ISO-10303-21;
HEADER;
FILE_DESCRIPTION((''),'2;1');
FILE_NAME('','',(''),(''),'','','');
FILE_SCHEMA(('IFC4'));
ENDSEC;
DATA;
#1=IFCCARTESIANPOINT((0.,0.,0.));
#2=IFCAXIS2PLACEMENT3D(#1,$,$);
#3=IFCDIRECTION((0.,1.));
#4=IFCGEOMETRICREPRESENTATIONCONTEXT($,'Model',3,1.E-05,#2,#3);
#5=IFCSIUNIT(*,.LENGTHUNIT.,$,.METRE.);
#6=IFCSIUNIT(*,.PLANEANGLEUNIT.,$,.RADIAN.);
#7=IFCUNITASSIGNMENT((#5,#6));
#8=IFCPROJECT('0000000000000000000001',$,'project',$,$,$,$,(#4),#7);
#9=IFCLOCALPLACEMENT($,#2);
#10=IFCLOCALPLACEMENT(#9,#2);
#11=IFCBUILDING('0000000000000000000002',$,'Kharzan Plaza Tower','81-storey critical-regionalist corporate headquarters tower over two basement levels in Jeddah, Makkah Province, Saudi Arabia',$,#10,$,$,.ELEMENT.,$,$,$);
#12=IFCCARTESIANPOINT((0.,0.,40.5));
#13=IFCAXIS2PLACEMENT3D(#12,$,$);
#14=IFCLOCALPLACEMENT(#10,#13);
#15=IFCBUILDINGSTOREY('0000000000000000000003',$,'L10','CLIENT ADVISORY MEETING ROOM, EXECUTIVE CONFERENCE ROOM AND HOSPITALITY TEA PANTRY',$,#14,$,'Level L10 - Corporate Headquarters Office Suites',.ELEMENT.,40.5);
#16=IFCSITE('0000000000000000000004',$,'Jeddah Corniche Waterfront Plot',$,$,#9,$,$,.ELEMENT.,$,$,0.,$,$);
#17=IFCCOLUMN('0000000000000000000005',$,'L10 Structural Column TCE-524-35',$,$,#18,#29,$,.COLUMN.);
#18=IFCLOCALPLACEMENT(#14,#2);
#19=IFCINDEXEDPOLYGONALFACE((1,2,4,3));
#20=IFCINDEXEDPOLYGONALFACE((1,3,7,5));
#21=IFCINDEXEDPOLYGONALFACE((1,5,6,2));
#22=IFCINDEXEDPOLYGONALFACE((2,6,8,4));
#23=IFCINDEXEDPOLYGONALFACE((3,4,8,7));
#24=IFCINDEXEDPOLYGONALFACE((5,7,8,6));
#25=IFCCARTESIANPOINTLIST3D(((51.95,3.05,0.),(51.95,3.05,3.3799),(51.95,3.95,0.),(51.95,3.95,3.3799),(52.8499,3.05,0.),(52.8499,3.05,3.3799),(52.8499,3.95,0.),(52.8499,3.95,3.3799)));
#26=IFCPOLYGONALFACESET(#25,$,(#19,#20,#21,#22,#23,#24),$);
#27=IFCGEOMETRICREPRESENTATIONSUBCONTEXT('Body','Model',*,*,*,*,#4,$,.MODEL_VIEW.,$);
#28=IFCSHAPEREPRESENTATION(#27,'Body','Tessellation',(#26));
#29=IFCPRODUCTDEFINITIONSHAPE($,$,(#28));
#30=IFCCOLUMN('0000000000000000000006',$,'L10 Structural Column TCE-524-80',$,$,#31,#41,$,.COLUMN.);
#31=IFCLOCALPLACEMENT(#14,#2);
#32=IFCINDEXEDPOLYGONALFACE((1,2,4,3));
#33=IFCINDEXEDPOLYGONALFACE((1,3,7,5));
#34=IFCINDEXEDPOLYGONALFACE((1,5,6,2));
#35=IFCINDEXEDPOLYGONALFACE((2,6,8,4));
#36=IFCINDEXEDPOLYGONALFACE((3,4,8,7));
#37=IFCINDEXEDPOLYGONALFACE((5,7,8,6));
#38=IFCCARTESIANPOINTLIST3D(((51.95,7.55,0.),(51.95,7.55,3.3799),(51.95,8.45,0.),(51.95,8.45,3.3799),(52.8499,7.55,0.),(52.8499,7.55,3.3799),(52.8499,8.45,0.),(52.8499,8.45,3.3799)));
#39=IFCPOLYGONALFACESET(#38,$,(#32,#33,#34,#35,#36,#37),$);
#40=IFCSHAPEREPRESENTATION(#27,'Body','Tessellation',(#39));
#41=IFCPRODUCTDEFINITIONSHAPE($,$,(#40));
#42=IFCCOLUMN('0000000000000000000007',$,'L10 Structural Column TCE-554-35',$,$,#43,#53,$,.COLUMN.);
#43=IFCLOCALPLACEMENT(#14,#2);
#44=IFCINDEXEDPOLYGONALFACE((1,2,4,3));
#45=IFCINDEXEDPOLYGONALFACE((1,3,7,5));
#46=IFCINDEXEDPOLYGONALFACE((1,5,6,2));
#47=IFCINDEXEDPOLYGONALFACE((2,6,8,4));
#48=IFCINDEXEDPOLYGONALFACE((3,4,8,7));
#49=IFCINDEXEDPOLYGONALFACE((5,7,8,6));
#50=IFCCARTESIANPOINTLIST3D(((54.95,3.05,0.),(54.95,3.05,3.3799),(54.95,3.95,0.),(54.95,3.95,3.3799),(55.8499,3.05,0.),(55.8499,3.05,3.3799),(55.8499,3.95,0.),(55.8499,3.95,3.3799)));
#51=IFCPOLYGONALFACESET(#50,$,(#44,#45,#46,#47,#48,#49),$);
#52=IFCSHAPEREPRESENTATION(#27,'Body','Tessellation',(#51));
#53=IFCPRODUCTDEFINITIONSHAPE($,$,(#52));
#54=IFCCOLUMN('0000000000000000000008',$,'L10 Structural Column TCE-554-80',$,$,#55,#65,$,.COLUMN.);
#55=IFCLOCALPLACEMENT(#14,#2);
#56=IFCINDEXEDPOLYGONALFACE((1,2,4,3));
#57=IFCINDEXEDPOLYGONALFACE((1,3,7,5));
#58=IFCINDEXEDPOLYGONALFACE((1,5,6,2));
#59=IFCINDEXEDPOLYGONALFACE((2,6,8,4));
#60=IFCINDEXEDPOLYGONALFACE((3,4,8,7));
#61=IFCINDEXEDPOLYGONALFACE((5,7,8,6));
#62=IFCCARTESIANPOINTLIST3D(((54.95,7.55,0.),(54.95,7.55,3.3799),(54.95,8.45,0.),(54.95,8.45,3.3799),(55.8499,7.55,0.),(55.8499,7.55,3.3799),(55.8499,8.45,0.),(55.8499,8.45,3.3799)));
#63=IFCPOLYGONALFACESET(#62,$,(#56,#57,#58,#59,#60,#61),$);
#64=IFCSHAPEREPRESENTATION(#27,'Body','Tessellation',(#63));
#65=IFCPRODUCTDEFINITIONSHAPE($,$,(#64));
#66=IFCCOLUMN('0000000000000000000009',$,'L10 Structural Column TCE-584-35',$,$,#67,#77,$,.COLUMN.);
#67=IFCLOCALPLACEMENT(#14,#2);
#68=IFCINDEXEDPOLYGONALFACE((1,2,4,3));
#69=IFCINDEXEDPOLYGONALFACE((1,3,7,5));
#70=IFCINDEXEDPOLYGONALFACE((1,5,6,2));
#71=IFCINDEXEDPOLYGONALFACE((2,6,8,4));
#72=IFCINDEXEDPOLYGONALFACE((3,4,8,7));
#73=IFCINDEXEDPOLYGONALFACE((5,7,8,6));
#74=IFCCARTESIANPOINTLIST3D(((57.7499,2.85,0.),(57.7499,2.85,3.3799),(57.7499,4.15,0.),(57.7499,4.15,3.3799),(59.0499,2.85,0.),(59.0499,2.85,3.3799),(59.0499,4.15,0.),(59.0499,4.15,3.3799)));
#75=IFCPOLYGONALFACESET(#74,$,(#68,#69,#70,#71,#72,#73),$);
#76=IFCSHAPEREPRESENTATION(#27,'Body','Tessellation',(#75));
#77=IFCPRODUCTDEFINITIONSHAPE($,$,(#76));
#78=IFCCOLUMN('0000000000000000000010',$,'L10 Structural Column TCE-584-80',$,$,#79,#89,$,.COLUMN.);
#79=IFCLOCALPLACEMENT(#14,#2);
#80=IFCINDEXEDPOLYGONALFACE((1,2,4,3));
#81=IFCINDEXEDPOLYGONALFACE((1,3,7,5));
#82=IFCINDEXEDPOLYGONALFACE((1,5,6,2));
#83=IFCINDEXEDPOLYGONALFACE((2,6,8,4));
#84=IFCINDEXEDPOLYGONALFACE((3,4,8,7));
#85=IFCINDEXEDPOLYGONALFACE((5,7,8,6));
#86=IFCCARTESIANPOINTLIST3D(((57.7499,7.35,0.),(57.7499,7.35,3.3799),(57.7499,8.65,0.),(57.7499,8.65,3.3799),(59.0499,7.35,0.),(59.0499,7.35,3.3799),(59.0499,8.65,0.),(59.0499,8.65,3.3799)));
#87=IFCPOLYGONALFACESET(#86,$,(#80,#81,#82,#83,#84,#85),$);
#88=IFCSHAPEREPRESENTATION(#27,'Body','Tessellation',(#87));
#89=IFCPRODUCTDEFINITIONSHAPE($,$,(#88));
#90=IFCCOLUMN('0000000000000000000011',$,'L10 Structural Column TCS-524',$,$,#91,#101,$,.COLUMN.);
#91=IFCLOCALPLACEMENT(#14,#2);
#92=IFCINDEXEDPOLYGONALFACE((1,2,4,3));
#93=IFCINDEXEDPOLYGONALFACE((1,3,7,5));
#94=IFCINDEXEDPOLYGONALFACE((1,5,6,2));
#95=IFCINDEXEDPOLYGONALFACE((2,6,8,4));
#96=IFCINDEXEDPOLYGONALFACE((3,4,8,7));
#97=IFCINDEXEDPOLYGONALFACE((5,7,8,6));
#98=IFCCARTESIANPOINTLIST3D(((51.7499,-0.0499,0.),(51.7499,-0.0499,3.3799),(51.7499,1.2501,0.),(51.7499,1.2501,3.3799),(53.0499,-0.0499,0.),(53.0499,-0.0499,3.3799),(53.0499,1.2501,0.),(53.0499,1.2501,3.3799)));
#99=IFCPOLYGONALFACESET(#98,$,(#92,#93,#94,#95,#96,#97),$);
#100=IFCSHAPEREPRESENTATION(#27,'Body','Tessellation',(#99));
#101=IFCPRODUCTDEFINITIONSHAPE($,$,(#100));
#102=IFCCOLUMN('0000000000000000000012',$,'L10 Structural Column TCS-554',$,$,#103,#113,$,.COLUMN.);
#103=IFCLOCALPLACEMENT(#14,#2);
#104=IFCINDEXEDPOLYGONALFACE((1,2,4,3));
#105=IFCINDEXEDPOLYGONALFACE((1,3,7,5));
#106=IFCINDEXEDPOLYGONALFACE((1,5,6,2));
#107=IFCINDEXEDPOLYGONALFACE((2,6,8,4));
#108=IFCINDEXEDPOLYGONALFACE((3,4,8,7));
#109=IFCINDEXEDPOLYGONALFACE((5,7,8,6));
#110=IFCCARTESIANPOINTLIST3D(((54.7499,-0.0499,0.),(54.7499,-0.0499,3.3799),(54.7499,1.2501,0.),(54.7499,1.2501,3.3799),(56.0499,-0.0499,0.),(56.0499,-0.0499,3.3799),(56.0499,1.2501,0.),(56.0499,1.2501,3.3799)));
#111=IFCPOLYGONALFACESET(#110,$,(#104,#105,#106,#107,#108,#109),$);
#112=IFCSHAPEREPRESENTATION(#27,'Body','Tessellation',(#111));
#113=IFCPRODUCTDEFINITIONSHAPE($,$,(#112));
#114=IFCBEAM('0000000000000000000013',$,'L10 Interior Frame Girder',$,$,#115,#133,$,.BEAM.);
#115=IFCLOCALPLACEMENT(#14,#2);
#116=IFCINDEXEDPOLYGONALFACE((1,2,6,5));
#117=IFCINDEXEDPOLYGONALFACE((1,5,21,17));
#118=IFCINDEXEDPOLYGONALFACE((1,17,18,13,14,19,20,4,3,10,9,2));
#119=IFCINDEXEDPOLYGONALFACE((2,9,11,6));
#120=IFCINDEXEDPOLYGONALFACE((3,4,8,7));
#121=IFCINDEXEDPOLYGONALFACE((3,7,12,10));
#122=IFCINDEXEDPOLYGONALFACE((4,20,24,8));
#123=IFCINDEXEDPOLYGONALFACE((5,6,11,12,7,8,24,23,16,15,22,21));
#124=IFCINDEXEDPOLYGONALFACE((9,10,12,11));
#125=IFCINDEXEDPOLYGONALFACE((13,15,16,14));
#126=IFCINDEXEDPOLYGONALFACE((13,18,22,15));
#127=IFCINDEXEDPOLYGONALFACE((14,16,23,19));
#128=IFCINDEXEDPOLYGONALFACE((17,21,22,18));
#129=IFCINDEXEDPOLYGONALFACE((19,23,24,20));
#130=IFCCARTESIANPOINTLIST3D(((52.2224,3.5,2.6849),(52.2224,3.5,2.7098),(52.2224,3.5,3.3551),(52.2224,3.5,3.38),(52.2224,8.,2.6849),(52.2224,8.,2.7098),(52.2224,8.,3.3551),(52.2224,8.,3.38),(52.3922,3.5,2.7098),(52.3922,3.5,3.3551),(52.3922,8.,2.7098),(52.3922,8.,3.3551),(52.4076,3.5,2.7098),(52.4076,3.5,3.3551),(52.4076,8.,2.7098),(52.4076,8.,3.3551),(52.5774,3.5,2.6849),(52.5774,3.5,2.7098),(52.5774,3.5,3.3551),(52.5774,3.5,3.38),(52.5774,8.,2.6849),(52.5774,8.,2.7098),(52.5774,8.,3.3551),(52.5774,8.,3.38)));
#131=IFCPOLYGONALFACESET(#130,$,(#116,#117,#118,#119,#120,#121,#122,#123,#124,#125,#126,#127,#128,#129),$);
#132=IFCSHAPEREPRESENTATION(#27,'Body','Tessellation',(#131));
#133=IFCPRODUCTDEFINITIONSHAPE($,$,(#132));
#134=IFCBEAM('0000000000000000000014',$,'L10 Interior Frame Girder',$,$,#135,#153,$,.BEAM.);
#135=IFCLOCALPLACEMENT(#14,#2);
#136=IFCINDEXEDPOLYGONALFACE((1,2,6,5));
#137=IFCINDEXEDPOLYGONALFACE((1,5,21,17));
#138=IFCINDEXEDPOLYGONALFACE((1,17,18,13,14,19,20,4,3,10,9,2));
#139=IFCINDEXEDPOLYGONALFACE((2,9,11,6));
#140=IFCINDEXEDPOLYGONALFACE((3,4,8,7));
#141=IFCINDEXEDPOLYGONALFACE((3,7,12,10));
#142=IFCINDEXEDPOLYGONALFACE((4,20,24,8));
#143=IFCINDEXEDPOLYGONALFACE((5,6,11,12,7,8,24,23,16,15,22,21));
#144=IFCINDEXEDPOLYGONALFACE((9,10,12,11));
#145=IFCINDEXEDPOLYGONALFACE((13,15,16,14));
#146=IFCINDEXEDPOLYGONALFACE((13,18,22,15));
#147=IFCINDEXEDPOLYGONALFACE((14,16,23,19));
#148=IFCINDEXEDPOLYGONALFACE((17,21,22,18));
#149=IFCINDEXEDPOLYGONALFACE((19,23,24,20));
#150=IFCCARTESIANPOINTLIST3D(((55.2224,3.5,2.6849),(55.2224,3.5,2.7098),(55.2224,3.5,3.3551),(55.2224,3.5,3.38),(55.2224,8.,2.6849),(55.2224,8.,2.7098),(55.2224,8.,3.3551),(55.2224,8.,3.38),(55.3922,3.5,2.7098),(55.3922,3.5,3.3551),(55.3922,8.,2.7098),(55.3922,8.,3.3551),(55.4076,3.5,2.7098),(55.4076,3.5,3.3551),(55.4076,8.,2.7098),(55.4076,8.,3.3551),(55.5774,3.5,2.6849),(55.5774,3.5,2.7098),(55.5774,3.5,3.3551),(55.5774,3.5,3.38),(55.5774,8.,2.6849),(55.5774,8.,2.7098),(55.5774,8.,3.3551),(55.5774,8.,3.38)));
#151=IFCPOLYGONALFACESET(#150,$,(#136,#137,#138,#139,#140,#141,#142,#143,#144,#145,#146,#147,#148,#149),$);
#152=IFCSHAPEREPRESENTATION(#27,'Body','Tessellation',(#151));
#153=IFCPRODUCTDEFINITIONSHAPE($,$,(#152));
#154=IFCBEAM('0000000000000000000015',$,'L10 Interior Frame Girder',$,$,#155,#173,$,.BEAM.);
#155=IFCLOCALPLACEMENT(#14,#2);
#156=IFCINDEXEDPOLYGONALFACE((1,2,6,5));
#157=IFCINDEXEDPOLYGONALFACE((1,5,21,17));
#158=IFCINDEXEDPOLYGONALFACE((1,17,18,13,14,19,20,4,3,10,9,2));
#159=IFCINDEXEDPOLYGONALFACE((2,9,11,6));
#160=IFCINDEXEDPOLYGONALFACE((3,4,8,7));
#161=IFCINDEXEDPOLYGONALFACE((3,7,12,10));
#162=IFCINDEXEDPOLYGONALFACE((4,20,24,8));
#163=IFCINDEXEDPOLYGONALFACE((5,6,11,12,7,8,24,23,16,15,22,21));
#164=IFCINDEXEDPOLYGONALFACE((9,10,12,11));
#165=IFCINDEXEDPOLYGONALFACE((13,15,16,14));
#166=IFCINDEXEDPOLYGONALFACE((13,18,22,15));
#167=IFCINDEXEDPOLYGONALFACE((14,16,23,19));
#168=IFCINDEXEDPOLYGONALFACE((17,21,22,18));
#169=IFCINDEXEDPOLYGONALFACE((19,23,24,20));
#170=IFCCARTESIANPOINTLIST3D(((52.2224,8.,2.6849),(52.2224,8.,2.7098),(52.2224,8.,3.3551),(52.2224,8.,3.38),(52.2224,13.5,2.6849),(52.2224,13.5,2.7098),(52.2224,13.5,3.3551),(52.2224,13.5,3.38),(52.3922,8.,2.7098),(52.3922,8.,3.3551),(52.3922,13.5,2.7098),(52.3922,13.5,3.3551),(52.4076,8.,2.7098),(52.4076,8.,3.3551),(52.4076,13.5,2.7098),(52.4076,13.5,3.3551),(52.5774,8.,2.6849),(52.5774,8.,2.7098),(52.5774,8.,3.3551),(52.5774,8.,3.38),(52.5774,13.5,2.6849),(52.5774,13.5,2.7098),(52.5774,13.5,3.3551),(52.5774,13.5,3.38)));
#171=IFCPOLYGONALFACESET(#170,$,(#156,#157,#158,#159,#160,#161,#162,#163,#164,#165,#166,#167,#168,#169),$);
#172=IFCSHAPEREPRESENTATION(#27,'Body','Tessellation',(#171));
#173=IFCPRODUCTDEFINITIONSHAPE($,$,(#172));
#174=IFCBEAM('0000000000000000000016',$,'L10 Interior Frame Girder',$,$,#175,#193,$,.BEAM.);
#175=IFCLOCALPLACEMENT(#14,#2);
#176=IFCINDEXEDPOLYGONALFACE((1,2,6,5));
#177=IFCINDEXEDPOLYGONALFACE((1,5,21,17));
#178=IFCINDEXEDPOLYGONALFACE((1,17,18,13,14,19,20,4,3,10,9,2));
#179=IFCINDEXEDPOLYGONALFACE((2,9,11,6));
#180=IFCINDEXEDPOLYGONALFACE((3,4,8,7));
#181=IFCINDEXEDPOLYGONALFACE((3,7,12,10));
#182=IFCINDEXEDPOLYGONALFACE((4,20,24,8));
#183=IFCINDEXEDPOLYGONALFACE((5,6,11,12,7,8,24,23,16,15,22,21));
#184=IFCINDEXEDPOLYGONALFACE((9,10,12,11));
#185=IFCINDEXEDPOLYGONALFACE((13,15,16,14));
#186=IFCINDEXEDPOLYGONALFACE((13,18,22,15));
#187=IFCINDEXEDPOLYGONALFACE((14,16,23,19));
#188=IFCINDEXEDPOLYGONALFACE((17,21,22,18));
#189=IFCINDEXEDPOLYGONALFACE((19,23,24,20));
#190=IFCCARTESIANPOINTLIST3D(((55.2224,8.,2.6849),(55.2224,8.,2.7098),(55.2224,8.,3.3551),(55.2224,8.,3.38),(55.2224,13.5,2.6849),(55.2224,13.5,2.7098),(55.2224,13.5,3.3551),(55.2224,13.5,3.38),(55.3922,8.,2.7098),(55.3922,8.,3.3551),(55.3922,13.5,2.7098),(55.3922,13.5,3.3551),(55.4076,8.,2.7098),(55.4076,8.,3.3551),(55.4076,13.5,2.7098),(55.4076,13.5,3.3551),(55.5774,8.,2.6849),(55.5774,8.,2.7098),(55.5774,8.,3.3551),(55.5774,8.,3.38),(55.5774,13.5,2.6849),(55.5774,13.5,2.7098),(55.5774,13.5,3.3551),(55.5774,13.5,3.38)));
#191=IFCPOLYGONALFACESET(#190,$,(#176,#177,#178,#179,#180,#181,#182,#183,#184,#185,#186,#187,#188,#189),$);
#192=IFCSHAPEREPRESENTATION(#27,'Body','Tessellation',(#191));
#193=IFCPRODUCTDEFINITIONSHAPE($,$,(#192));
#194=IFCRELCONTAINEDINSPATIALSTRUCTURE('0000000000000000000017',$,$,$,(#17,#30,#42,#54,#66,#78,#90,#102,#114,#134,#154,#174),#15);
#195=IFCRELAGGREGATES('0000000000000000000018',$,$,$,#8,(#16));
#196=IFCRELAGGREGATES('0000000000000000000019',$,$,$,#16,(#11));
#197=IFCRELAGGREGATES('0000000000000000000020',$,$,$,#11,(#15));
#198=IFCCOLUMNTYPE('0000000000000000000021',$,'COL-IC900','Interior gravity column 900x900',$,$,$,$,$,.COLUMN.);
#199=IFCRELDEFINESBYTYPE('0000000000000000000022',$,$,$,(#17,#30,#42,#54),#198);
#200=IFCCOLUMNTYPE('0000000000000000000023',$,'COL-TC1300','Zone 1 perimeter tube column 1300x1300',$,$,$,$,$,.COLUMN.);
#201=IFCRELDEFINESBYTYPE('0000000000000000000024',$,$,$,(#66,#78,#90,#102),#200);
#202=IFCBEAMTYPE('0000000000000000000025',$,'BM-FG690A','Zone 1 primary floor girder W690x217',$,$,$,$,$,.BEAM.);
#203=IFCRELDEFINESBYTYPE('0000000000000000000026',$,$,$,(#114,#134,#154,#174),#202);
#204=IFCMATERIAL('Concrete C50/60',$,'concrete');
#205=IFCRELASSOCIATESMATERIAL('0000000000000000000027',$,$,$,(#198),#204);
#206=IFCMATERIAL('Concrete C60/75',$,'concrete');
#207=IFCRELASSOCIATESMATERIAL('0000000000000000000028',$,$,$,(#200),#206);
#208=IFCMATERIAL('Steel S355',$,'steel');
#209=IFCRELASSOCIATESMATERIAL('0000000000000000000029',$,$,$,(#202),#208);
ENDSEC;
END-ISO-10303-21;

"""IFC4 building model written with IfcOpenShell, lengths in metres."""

from ifc_helpers import new_model, si_unit, direction, frame, origin, origin_2d, place, context, subcontext, project, spatial, rectangle, i_section, extrude, source, transform, mapped, material, material_profile, profile_set, type_object, element, save


model = new_model("IFC4")

# Units and contexts
model_context = context("Model", 3, precision=1e-05, world=origin(), true_north=direction((0.0, 1.0)))
body_context = subcontext(model_context, "Body", "Model", "MODEL_VIEW")
ifc_project = project(units=[si_unit("LENGTHUNIT", "METRE"), si_unit("PLANEANGLEUNIT", "RADIAN")], contexts=[model_context])

# Site, building, storey
site_placement = place(None, origin())
site = spatial("IfcSite", under=ifc_project, at=site_placement, Name="Jeddah Corniche Waterfront Plot", CompositionType="ELEMENT", RefElevation=0.0)
building_placement = place(site_placement, origin())
building = spatial("IfcBuilding", under=site, at=building_placement, Name="Kharzan Plaza Tower", Description="81-storey critical-regionalist corporate headquarters tower over two basement levels in Jeddah, Makkah Province, Saudi Arabia", CompositionType="ELEMENT")
storey_placement = place(building_placement, frame((0.0, 0.0, 40.5)))
storey = spatial("IfcBuildingStorey", under=building, at=storey_placement, Name="L10", Description="CLIENT ADVISORY MEETING ROOM, EXECUTIVE CONFERENCE ROOM AND HOSPITALITY TEA PANTRY", LongName="Level L10 - Corporate Headquarters Office Suites", CompositionType="ELEMENT", Elevation=40.5)

# Columns
ifc_material_1 = material(Name="Concrete C50/60", Category="concrete")
ifc_material_profile_1 = material_profile(ifc_material_1, rectangle(XDim=0.8999, YDim=0.8999, at=origin_2d()), Name="RC-IC900x900")
ifc_profile_set_1 = profile_set([ifc_material_profile_1], Name="Concrete C50/60")
column_type_1 = type_object("IfcColumnType", Name="COL-IC900", Description="Interior gravity column 900x900", PredefinedType="COLUMN", material=ifc_profile_set_1)
shared_shape_1 = source(origin(), body_context, "Body", "SweptSolid", [
    extrude(rectangle(XDim=0.8999, YDim=0.8999, at=origin_2d()), origin(), (0.0, 0.0, 1.0), 3.3799),
])
for number, where, z_axis, x_axis, name in (
    (1, (52.3999, 3.5, 0.0), (0.0, 0.0, 1.0), (1.0, 0.0, 0.0), "L10 Structural Column TCE-524-35"),
    (2, (52.3999, 8.0, 0.0), (0.0, 0.0, 1.0), (1.0, 0.0, 0.0), "L10 Structural Column TCE-524-80"),
    (3, (55.3999, 3.5, 0.0), (0.0, 0.0, 1.0), (1.0, 0.0, 0.0), "L10 Structural Column TCE-554-35"),
    (4, (55.3999, 8.0, 0.0), (0.0, 0.0, 1.0), (1.0, 0.0, 0.0), "L10 Structural Column TCE-554-80"),
):
    element("IfcColumn", number, at=place(storey_placement, frame(where, z_axis=z_axis, x_axis=x_axis)), inside=storey, type_object=column_type_1, Name=name, PredefinedType="COLUMN", context=body_context, shape_type="MappedRepresentation", body=[
        mapped(shared_shape_1, transform((0.0, 0.0, 0.0), x_axis=(1.0, 0.0, 0.0), y_axis=(0.0, 1.0, 0.0), z_axis=(0.0, 0.0, 1.0))),
    ])
ifc_material_2 = material(Name="Concrete C60/75", Category="concrete")
ifc_material_profile_2 = material_profile(ifc_material_2, rectangle(XDim=1.3, YDim=1.3, at=origin_2d()), Name="RC-TC1300x1300")
ifc_profile_set_2 = profile_set([ifc_material_profile_2], Name="Concrete C60/75")
column_type_2 = type_object("IfcColumnType", Name="COL-TC1300", Description="Zone 1 perimeter tube column 1300x1300", PredefinedType="COLUMN", material=ifc_profile_set_2)
shared_shape_2 = source(origin(), body_context, "Body", "SweptSolid", [
    extrude(rectangle(XDim=1.3, YDim=1.3, at=origin_2d()), origin(), (0.0, 0.0, 1.0), 3.3799),
])
for number, where, z_axis, x_axis, name in (
    (5, (58.3999, 3.5, 0.0), (0.0, 0.0, 1.0), (1.0, 0.0, 0.0), "L10 Structural Column TCE-584-35"),
    (6, (58.3999, 8.0, 0.0), (0.0, 0.0, 1.0), (1.0, 0.0, 0.0), "L10 Structural Column TCE-584-80"),
    (7, (52.3999, 0.6001, 0.0), (0.0, 0.0, 1.0), (1.0, 0.0, 0.0), "L10 Structural Column TCS-524"),
    (8, (55.3999, 0.6001, 0.0), (0.0, 0.0, 1.0), (1.0, 0.0, 0.0), "L10 Structural Column TCS-554"),
):
    element("IfcColumn", number, at=place(storey_placement, frame(where, z_axis=z_axis, x_axis=x_axis)), inside=storey, type_object=column_type_2, Name=name, PredefinedType="COLUMN", context=body_context, shape_type="MappedRepresentation", body=[
        mapped(shared_shape_2, transform((0.0, 0.0, 0.0), x_axis=(1.0, 0.0, 0.0), y_axis=(0.0, 1.0, 0.0), z_axis=(0.0, 0.0, 1.0))),
    ])

# Beams
ifc_material_3 = material(Name="Steel S355", Category="steel")
ifc_material_profile_3 = material_profile(ifc_material_3, i_section(OverallWidth=0.355, OverallDepth=0.6951, WebThickness=0.0154, FlangeThickness=0.0249, at=origin_2d()), Name="W690x217")
ifc_profile_set_3 = profile_set([ifc_material_profile_3], Name="Steel S355")
beam_type_1 = type_object("IfcBeamType", Name="BM-FG690A", Description="Zone 1 primary floor girder W690x217", PredefinedType="BEAM", material=ifc_profile_set_3)
shared_shape_3 = source(origin(), body_context, "Body", "SweptSolid", [
    extrude(i_section(OverallWidth=0.355, OverallDepth=0.6951, WebThickness=0.0154, FlangeThickness=0.0249, at=origin_2d()), origin(), (0.0, 0.0, 1.0), 4.5),
])
for number, where, z_axis, x_axis, name in (
    (9, (52.3999, 3.5, 3.0325), (0.0, 1.0, 0.0), (-1.0, 0.0, 0.0), "L10 Interior Frame Girder"),
    (10, (55.3999, 3.5, 3.0325), (0.0, 1.0, 0.0), (-1.0, 0.0, 0.0), "L10 Interior Frame Girder"),
):
    element("IfcBeam", number, at=place(storey_placement, frame(where, z_axis=z_axis, x_axis=x_axis)), inside=storey, type_object=beam_type_1, Name=name, PredefinedType="BEAM", context=body_context, shape_type="MappedRepresentation", body=[
        mapped(shared_shape_3, transform((0.0, 0.0, 0.0), x_axis=(1.0, 0.0, 0.0), y_axis=(0.0, 1.0, 0.0), z_axis=(0.0, 0.0, 1.0))),
    ])
shared_shape_4 = source(origin(), body_context, "Body", "SweptSolid", [
    extrude(i_section(OverallWidth=0.355, OverallDepth=0.6951, WebThickness=0.0154, FlangeThickness=0.0249, at=origin_2d()), origin(), (0.0, 0.0, 1.0), 5.5),
])
for number, where, z_axis, x_axis, name in (
    (11, (52.3999, 8.0, 3.0325), (0.0, 1.0, 0.0), (-1.0, 0.0, 0.0), "L10 Interior Frame Girder"),
    (12, (55.3999, 8.0, 3.0325), (0.0, 1.0, 0.0), (-1.0, 0.0, 0.0), "L10 Interior Frame Girder"),
):
    element("IfcBeam", number, at=place(storey_placement, frame(where, z_axis=z_axis, x_axis=x_axis)), inside=storey, type_object=beam_type_1, Name=name, PredefinedType="BEAM", context=body_context, shape_type="MappedRepresentation", body=[
        mapped(shared_shape_4, transform((0.0, 0.0, 0.0), x_axis=(1.0, 0.0, 0.0), y_axis=(0.0, 1.0, 0.0), z_axis=(0.0, 0.0, 1.0))),
    ])

save(model, "model.ifc")
